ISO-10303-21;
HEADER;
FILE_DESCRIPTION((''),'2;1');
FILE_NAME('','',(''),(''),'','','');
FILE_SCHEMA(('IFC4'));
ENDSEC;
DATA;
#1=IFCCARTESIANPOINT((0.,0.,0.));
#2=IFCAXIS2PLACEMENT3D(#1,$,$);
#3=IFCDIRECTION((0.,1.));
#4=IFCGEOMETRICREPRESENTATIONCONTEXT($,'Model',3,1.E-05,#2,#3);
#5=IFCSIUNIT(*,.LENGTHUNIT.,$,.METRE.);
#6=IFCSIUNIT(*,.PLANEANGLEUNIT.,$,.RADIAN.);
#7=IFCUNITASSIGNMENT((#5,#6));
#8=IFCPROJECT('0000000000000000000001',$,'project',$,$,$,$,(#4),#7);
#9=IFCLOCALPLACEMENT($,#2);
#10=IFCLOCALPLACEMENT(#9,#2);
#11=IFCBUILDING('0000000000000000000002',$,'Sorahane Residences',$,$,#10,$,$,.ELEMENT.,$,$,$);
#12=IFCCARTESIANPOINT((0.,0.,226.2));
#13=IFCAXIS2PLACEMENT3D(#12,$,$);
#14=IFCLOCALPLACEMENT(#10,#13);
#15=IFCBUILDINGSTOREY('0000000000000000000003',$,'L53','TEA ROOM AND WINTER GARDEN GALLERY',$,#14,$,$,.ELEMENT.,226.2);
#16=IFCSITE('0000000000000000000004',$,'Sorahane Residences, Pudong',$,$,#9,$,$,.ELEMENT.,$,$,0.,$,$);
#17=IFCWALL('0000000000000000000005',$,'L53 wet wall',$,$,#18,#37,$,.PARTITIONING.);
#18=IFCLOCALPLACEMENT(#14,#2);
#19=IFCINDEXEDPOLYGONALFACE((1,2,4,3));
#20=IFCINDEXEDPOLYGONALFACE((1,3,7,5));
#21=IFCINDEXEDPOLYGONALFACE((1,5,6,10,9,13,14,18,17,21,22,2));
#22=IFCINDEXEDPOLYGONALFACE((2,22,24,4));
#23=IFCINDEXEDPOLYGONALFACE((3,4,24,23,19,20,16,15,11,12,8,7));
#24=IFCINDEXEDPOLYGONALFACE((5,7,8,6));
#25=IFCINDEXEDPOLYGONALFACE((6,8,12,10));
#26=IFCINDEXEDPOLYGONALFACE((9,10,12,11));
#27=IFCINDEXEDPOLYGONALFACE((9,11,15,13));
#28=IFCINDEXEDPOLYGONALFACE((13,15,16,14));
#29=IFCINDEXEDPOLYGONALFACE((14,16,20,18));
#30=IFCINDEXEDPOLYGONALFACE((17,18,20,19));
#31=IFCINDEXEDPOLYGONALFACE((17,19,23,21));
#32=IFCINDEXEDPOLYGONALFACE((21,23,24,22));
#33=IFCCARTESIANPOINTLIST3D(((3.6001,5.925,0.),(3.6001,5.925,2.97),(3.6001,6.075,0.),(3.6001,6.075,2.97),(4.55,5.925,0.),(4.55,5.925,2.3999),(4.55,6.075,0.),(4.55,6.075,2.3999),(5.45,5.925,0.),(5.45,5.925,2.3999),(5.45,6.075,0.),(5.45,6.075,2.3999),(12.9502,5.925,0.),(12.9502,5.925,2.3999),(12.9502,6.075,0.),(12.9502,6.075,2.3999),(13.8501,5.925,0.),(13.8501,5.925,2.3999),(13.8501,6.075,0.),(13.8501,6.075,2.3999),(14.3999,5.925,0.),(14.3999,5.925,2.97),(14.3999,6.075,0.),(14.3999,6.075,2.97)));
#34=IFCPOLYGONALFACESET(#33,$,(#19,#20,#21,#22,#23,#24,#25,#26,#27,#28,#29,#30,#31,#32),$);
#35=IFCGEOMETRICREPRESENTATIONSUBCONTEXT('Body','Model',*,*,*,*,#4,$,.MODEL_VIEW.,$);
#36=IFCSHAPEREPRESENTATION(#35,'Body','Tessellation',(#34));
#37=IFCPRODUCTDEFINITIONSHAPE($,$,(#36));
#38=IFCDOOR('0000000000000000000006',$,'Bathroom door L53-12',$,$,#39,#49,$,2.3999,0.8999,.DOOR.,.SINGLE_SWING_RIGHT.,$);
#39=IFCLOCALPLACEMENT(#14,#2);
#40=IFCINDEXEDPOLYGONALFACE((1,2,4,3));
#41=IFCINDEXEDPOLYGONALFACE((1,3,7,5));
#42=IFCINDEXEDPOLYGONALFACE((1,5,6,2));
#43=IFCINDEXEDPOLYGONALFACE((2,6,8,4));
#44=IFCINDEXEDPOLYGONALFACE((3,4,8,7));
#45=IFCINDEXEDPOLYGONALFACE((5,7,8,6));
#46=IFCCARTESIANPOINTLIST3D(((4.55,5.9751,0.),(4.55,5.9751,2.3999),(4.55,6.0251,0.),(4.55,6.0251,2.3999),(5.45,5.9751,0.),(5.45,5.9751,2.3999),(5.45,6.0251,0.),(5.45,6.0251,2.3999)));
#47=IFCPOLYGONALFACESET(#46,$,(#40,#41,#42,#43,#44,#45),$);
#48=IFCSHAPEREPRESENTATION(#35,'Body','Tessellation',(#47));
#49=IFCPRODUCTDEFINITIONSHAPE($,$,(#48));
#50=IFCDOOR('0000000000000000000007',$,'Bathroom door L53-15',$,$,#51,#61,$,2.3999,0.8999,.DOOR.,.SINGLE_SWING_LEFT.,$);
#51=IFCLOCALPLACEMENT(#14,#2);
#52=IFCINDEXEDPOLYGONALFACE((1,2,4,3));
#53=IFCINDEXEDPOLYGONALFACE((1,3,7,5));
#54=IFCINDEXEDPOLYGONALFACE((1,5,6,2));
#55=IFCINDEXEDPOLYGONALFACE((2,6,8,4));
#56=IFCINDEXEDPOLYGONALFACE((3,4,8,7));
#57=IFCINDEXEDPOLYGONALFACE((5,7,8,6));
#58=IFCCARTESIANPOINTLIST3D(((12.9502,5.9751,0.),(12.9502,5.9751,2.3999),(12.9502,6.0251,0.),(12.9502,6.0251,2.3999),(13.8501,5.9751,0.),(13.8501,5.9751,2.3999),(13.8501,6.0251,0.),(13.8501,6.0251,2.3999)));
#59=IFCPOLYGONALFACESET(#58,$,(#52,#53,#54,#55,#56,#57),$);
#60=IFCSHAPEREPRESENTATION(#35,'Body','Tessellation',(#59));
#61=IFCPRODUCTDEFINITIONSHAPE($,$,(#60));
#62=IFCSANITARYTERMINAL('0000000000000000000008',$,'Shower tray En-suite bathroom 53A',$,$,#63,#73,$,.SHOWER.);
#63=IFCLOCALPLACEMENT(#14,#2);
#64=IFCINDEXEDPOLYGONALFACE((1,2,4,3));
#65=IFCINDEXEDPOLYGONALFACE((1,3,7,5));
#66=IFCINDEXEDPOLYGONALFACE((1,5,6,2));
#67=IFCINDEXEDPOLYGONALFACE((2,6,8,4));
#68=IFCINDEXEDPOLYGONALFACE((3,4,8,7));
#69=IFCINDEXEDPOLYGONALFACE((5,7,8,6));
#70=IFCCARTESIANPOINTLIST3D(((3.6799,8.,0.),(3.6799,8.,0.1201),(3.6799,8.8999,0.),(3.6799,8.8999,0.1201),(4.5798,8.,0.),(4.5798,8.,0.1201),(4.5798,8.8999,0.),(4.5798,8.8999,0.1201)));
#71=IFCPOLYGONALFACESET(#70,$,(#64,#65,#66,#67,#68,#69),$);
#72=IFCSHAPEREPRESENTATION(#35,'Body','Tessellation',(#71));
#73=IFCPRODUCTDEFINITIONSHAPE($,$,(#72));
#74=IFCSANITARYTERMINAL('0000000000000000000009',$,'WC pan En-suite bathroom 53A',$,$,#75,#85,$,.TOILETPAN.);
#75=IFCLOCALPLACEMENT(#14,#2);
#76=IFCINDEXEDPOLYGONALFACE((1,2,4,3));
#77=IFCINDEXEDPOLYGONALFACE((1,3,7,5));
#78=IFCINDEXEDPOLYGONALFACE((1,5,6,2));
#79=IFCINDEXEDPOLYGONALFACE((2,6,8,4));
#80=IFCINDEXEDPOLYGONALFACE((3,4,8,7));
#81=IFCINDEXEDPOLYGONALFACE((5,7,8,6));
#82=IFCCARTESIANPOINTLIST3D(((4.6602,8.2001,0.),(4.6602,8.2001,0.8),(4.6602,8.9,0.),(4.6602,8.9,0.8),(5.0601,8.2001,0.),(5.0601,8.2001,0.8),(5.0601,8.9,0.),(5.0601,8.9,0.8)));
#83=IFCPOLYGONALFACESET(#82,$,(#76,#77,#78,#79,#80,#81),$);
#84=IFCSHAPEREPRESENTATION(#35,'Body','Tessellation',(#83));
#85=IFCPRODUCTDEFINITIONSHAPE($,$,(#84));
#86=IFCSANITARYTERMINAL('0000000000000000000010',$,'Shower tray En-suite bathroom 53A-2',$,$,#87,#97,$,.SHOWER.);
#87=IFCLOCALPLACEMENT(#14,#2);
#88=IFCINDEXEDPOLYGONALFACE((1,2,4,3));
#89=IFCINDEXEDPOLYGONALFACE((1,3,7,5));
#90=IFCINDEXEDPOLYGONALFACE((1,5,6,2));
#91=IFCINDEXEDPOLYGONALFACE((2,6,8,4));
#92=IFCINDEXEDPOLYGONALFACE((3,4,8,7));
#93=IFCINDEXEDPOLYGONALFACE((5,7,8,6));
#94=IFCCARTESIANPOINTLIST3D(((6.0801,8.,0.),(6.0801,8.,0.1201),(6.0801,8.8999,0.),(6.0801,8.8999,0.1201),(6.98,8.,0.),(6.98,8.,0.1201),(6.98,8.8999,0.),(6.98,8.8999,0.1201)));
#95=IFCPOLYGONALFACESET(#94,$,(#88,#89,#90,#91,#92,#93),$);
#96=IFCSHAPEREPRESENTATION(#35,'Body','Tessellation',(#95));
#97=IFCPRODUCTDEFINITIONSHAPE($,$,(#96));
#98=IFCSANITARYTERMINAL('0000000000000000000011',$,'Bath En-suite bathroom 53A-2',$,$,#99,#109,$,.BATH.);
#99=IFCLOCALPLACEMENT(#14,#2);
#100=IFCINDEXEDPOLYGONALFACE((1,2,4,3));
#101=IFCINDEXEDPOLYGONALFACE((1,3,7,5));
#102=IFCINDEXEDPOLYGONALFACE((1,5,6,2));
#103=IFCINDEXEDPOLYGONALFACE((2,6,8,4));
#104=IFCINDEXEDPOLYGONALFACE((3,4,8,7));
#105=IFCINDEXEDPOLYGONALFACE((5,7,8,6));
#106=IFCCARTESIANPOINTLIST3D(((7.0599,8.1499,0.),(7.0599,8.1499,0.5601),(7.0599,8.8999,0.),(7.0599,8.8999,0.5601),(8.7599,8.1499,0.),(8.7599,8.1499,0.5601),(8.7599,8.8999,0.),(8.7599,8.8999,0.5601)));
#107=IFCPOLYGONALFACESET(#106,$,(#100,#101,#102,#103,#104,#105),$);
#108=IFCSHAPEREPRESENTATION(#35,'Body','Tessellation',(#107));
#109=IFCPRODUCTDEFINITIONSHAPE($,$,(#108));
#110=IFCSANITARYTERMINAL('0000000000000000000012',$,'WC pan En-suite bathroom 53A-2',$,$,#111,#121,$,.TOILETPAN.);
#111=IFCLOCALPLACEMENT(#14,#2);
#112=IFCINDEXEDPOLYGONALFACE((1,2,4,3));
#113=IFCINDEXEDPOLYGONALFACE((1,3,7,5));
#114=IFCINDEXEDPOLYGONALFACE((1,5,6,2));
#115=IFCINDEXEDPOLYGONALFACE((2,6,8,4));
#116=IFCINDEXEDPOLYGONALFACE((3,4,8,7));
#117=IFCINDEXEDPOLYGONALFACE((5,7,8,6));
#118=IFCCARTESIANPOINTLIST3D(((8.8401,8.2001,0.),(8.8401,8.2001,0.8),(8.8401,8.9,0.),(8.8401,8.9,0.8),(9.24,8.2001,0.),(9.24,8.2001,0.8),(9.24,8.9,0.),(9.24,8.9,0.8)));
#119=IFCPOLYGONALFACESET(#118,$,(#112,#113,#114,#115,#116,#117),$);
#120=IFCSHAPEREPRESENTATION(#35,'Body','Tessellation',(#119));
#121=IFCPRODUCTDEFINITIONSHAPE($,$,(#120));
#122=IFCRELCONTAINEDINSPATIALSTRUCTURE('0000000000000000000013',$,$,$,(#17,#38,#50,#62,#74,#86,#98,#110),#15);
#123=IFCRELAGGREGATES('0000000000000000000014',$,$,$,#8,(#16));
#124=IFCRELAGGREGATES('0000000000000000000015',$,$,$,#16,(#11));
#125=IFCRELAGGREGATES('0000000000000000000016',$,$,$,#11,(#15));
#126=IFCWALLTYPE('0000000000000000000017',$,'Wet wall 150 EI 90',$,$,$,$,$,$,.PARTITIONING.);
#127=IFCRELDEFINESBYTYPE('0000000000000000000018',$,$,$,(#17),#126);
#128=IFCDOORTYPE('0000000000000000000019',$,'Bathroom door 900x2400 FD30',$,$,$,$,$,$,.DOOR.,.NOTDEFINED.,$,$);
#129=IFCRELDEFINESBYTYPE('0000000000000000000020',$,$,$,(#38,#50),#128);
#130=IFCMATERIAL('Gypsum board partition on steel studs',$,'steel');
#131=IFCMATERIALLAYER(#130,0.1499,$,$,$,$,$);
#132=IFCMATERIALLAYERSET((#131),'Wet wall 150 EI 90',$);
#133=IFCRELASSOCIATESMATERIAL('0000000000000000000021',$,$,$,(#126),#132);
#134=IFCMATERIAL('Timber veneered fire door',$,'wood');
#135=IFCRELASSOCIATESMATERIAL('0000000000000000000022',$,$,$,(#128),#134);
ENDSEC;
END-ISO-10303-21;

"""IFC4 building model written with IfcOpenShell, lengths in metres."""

from ifc_helpers import new_model, si_unit, direction, frame, frame_2d, origin, origin_2d, place, context, subcontext, project, spatial, rectangle, extrude, material, layer, layer_set, type_object, element, fill, save


model = new_model("IFC4")

# Units and contexts
model_context = context("Model", 3, precision=1e-05, world=origin(), true_north=direction((0.0, 1.0)))
body_context = subcontext(model_context, "Body", "Model", "MODEL_VIEW")
ifc_project = project(units=[si_unit("LENGTHUNIT", "METRE"), si_unit("PLANEANGLEUNIT", "RADIAN")], contexts=[model_context])

# Site, building, storey
site_placement = place(None, origin())
site = spatial("IfcSite", under=ifc_project, at=site_placement, Name="Sorahane Residences, Pudong", CompositionType="ELEMENT", RefElevation=0.0)
building_placement = place(site_placement, origin())
building = spatial("IfcBuilding", under=site, at=building_placement, Name="Sorahane Residences", CompositionType="ELEMENT")
storey_placement = place(building_placement, frame((0.0, 0.0, 226.2)))
storey = spatial("IfcBuildingStorey", under=building, at=storey_placement, Name="L53", Description="TEA ROOM AND WINTER GARDEN GALLERY", CompositionType="ELEMENT", Elevation=226.2)

# Shared definitions
ifc_material_1 = material(Name="Gypsum board partition on steel studs", Category="steel")
ifc_layer_1 = layer(ifc_material_1, 0.1499)
ifc_layer_set_1 = layer_set([ifc_layer_1], Name="Wet wall 150 EI 90")
wall_type_1 = type_object("IfcWallType", Name="Wet wall 150 EI 90", PredefinedType="PARTITIONING", material=ifc_layer_set_1)

# Wall, openings, doors
wall_1_placement = place(storey_placement, frame((3.6001, 6.0, 0.0), z_axis=(0.0, 0.0, 1.0), x_axis=(1.0, 0.0, 0.0)))
wall_1 = element("IfcWall", 1, at=wall_1_placement, inside=storey, type_object=wall_type_1, Name="L53 wet wall", PredefinedType="PARTITIONING", context=body_context, shape_type="SweptSolid", body=[
    extrude(rectangle(XDim=10.7998, YDim=0.1499, at=frame_2d((5.3999, 0.0))), origin(), (0.0, 0.0, 1.0), 2.97),
])
opening_1_placement = place(wall_1_placement, frame((0.95, 0.0, 0.0)))
opening_1 = element("IfcOpeningElement", 2, at=opening_1_placement, cuts=wall_1, PredefinedType="OPENING", context=body_context, shape_type="SweptSolid", body=[
    extrude(rectangle(XDim=0.8999, YDim=2.3999, at=frame_2d((0.45, 1.2))), frame((0.0, 0.085, 0.0), z_axis=(0.0, -1.0, 0.0), x_axis=(1.0, 0.0, 0.0)), (0.0, 0.0, 1.0), 0.1699),
])
opening_2_placement = place(wall_1_placement, frame((9.3501, 0.0, 0.0)))
opening_2 = element("IfcOpeningElement", 3, at=opening_2_placement, cuts=wall_1, PredefinedType="OPENING", context=body_context, shape_type="SweptSolid", body=[
    extrude(rectangle(XDim=0.8999, YDim=2.3999, at=frame_2d((0.45, 1.2))), frame((0.0, 0.085, 0.0), z_axis=(0.0, -1.0, 0.0), x_axis=(1.0, 0.0, 0.0)), (0.0, 0.0, 1.0), 0.1699),
])
ifc_material_2 = material(Name="Timber veneered fire door", Category="wood")
door_type_1 = type_object("IfcDoorType", Name="Bathroom door 900x2400 FD30", OperationType="NOTDEFINED", PredefinedType="DOOR", material=ifc_material_2)
door_1_placement = place(opening_1_placement, frame((0.8999, 0.0, 0.0), z_axis=(0.0, 0.0, 1.0), x_axis=(-1.0, 0.0, 0.0)))
door_1 = element("IfcDoor", 4, at=door_1_placement, inside=storey, type_object=door_type_1, Name="Bathroom door L53-12", OperationType="SINGLE_SWING_RIGHT", OverallHeight=2.3999, OverallWidth=0.8999, PredefinedType="DOOR", context=body_context, shape_type="SweptSolid", body=[
    extrude(rectangle(XDim=0.8999, YDim=2.3999, at=frame_2d((0.45, 1.2))), frame((0.0, 0.0249, 0.0), z_axis=(0.0, -1.0, 0.0), x_axis=(1.0, 0.0, 0.0)), (0.0, 0.0, 1.0), 0.05),
])
fill(opening_1, door_1)
door_2_placement = place(opening_2_placement, frame((0.8999, 0.0, 0.0), z_axis=(0.0, 0.0, 1.0), x_axis=(-1.0, 0.0, 0.0)))
door_2 = element("IfcDoor", 5, at=door_2_placement, inside=storey, type_object=door_type_1, Name="Bathroom door L53-15", OperationType="SINGLE_SWING_LEFT", OverallHeight=2.3999, OverallWidth=0.8999, PredefinedType="DOOR", context=body_context, shape_type="SweptSolid", body=[
    extrude(rectangle(XDim=0.8999, YDim=2.3999, at=frame_2d((0.45, 1.2))), frame((0.0, 0.0249, 0.0), z_axis=(0.0, -1.0, 0.0), x_axis=(1.0, 0.0, 0.0)), (0.0, 0.0, 1.0), 0.05),
])
fill(opening_2, door_2)

# Sanitary terminals
sanitary_terminal_1_placement = place(storey_placement, frame((4.1299, 8.45, 0.0), z_axis=(0.0, 0.0, 1.0), x_axis=(1.0, 0.0, 0.0)))
element("IfcSanitaryTerminal", 6, at=sanitary_terminal_1_placement, inside=storey, Name="Shower tray En-suite bathroom 53A", PredefinedType="SHOWER", context=body_context, shape_type="SweptSolid", body=[
    extrude(rectangle(XDim=0.8999, YDim=0.8999, at=origin_2d()), origin(), (0.0, 0.0, 1.0), 0.1201),
])
sanitary_terminal_2_placement = place(storey_placement, frame((4.8601, 8.55, 0.0), z_axis=(0.0, 0.0, 1.0), x_axis=(1.0, 0.0, 0.0)))
element("IfcSanitaryTerminal", 7, at=sanitary_terminal_2_placement, inside=storey, Name="WC pan En-suite bathroom 53A", PredefinedType="TOILETPAN", context=body_context, shape_type="SweptSolid", body=[
    extrude(rectangle(XDim=0.3999, YDim=0.7, at=origin_2d()), origin(), (0.0, 0.0, 1.0), 0.8),
])
sanitary_terminal_3_placement = place(storey_placement, frame((6.53, 8.45, 0.0), z_axis=(0.0, 0.0, 1.0), x_axis=(1.0, 0.0, 0.0)))
element("IfcSanitaryTerminal", 8, at=sanitary_terminal_3_placement, inside=storey, Name="Shower tray En-suite bathroom 53A-2", PredefinedType="SHOWER", context=body_context, shape_type="SweptSolid", body=[
    extrude(rectangle(XDim=0.8999, YDim=0.8999, at=origin_2d()), origin(), (0.0, 0.0, 1.0), 0.1201),
])
sanitary_terminal_4_placement = place(storey_placement, frame((7.9099, 8.5249, 0.0), z_axis=(0.0, 0.0, 1.0), x_axis=(1.0, 0.0, 0.0)))
element("IfcSanitaryTerminal", 9, at=sanitary_terminal_4_placement, inside=storey, Name="Bath En-suite bathroom 53A-2", PredefinedType="BATH", context=body_context, shape_type="SweptSolid", body=[
    extrude(rectangle(XDim=1.7, YDim=0.75, at=origin_2d()), origin(), (0.0, 0.0, 1.0), 0.5601),
])
sanitary_terminal_5_placement = place(storey_placement, frame((9.04, 8.55, 0.0), z_axis=(0.0, 0.0, 1.0), x_axis=(1.0, 0.0, 0.0)))
element("IfcSanitaryTerminal", 10, at=sanitary_terminal_5_placement, inside=storey, Name="WC pan En-suite bathroom 53A-2", PredefinedType="TOILETPAN", context=body_context, shape_type="SweptSolid", body=[
    extrude(rectangle(XDim=0.3999, YDim=0.7, at=origin_2d()), origin(), (0.0, 0.0, 1.0), 0.8),
])

save(model, "model.ifc")
